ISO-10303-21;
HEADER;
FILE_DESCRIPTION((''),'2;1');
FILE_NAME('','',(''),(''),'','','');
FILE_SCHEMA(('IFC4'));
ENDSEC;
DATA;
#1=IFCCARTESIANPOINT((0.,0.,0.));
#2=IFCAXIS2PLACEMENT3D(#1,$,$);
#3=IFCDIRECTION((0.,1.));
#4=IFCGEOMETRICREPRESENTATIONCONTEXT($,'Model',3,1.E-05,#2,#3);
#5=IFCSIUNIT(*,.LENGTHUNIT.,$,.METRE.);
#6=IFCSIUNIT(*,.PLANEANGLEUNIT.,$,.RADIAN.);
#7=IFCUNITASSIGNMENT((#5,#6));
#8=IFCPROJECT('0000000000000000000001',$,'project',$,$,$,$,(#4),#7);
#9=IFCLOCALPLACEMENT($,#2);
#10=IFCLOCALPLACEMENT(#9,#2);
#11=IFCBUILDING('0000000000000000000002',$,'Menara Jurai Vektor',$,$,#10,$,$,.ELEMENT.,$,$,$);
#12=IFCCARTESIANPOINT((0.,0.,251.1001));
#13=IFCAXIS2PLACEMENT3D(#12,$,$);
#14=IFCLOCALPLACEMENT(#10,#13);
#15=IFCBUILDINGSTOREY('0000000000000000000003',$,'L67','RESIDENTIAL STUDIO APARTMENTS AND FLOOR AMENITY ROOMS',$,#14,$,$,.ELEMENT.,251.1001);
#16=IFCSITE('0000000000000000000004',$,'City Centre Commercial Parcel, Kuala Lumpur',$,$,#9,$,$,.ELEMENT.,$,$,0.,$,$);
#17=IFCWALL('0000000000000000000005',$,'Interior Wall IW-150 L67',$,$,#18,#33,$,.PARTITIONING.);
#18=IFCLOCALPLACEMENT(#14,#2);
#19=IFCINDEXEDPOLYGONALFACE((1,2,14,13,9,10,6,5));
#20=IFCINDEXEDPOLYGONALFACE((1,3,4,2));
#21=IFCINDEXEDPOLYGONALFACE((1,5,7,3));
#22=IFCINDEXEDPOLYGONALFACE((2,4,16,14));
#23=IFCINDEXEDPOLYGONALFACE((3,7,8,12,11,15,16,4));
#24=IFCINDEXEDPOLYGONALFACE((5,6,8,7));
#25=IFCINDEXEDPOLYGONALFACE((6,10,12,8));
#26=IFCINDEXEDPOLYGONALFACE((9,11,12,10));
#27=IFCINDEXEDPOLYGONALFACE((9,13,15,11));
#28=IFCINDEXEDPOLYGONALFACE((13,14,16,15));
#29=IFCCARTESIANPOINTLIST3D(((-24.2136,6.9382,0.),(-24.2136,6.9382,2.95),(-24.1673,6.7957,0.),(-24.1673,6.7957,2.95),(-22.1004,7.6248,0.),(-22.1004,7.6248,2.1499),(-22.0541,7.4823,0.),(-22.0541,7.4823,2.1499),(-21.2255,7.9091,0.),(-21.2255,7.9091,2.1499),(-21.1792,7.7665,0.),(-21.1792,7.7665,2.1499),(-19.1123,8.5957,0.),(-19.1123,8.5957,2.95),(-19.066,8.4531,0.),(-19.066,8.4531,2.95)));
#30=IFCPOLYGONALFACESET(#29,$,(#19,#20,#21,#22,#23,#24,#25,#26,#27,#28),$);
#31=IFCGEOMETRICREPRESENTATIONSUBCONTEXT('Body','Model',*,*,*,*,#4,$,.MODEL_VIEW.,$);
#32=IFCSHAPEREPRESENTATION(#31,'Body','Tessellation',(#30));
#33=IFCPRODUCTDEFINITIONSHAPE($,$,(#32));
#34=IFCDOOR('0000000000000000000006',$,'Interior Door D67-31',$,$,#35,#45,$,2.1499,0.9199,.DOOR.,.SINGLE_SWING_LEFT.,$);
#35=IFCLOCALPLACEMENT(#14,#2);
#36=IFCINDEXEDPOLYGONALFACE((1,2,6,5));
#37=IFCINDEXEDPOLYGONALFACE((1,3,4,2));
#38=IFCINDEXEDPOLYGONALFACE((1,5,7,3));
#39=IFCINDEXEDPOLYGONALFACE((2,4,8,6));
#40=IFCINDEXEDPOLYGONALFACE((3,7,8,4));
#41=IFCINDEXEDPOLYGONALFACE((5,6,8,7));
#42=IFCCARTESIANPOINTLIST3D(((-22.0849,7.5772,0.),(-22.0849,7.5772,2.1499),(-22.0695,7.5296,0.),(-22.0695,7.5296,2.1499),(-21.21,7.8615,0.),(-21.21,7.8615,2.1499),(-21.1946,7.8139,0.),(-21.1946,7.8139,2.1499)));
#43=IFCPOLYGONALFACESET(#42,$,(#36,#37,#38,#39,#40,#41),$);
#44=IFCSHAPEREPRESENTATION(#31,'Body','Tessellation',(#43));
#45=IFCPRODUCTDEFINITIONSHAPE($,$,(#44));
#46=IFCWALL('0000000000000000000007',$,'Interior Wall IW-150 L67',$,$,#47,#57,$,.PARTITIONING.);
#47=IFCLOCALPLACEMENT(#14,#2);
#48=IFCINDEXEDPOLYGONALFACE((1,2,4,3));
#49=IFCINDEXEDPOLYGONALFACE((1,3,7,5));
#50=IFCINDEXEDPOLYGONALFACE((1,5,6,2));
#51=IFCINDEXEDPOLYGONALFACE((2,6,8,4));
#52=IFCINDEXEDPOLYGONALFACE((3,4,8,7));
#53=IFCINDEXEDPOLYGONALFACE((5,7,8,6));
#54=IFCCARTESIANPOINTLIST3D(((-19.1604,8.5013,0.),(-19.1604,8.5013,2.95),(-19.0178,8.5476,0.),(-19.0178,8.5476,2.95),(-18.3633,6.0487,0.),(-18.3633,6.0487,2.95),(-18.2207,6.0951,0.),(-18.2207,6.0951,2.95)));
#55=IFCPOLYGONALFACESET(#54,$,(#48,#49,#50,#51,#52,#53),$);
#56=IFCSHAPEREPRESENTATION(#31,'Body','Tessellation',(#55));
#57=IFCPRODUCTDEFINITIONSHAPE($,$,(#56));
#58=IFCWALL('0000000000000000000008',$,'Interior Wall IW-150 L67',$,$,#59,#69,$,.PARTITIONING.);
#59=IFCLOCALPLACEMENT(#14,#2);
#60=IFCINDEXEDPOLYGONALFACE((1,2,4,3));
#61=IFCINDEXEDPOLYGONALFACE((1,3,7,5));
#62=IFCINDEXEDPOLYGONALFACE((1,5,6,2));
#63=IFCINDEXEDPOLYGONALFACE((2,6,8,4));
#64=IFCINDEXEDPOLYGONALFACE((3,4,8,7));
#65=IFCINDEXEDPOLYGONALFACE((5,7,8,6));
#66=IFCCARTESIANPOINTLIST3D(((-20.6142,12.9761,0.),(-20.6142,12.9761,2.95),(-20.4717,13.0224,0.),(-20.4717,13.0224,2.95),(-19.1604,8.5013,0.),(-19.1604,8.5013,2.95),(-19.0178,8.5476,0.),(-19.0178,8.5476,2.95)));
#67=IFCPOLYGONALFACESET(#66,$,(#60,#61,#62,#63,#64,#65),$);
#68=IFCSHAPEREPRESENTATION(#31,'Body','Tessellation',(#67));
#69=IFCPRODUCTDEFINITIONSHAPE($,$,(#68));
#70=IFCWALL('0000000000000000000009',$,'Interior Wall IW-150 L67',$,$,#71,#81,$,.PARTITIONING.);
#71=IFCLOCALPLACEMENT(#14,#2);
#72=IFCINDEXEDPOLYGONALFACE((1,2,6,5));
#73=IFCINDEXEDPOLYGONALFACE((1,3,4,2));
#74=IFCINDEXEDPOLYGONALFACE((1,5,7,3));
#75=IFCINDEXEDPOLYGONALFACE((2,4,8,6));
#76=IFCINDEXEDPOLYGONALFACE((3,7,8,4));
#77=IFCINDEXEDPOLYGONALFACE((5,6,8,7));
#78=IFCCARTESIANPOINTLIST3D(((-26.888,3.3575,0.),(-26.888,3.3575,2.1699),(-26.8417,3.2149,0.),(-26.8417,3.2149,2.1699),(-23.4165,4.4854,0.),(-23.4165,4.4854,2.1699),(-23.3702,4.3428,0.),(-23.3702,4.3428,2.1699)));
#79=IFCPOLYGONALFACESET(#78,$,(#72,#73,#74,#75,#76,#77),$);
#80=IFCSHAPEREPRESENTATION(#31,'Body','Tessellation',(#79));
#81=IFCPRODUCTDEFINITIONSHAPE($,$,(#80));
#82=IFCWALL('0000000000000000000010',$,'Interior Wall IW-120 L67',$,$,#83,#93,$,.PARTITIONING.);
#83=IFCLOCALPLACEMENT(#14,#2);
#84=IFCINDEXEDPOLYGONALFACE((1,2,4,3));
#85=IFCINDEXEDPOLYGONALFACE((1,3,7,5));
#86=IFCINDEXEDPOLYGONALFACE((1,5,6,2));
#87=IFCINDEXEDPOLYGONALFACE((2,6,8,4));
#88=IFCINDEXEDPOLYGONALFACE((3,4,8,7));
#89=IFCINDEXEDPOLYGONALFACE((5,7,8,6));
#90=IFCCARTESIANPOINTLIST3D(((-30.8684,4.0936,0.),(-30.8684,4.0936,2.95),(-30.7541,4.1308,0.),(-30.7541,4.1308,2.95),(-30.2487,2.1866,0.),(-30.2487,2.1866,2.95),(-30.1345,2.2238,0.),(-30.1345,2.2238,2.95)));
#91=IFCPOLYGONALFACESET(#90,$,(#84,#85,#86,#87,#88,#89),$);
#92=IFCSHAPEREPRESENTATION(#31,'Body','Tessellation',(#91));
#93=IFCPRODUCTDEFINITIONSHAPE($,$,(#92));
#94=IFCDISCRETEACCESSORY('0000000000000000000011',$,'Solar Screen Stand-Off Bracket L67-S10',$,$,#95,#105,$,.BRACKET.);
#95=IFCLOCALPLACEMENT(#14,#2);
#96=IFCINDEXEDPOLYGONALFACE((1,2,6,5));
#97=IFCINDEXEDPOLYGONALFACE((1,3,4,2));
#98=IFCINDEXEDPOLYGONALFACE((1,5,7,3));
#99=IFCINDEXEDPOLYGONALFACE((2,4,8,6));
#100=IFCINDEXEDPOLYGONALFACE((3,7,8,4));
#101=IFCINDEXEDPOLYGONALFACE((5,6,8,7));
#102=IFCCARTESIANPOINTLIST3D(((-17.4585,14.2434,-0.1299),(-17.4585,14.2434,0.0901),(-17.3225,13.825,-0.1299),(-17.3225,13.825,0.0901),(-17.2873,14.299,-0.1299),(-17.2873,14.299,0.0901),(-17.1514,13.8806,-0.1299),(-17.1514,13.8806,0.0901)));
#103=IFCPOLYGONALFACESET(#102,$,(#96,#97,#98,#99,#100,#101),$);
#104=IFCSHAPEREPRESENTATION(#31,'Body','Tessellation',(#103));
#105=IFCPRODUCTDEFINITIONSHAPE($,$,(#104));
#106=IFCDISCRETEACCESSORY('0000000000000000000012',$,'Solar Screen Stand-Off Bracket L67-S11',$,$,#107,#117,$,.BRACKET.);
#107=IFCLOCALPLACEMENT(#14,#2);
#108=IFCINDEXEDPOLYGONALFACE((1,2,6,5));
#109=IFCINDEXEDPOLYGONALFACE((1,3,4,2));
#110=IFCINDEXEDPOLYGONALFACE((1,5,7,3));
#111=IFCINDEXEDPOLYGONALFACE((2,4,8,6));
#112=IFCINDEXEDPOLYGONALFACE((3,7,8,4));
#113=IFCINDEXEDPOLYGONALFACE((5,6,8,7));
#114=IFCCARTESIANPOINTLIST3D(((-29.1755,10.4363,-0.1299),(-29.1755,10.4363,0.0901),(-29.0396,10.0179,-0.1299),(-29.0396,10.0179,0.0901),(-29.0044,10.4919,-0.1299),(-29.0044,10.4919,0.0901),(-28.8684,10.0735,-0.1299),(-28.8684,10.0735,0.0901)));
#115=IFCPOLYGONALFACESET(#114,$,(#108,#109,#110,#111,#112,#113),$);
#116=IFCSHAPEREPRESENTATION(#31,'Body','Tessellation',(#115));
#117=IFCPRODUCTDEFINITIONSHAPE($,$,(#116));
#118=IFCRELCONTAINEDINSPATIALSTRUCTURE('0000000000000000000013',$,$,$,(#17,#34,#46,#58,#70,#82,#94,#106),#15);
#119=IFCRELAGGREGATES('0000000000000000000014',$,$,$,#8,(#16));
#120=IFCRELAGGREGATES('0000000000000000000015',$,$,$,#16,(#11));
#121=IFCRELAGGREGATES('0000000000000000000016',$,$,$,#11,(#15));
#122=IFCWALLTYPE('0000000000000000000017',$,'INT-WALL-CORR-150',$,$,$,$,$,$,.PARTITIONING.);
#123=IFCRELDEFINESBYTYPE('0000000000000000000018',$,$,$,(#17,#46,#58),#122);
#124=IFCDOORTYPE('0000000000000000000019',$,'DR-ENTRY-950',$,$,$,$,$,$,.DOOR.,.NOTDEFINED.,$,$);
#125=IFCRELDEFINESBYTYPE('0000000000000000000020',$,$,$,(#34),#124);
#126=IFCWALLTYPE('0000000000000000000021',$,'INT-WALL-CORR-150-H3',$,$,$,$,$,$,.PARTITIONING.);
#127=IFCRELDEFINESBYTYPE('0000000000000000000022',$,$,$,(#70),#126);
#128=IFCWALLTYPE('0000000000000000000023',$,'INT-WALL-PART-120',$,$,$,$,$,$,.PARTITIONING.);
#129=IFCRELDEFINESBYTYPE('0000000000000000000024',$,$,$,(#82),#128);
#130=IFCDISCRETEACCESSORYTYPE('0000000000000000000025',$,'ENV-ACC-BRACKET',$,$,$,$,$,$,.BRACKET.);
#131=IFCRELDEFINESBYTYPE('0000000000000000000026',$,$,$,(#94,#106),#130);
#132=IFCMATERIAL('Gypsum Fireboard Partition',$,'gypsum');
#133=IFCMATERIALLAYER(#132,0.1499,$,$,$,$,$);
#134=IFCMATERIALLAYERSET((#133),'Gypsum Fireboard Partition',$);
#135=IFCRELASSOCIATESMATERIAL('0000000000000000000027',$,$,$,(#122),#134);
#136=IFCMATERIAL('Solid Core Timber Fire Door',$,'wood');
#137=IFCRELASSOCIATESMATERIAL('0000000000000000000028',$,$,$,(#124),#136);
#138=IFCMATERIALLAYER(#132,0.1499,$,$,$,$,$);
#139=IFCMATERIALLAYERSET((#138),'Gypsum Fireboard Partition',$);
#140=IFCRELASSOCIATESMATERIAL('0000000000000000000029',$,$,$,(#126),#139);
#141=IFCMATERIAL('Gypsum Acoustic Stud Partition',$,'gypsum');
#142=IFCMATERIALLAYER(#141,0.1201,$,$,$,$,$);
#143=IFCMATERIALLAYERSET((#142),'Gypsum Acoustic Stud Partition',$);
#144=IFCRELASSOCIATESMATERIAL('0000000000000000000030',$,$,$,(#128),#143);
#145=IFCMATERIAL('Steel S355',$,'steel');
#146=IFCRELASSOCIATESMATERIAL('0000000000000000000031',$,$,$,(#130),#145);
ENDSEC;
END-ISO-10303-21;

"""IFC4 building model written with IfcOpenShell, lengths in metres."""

from ifc_helpers import new_model, si_unit, direction, frame, frame_2d, origin, origin_2d, place, context, subcontext, project, spatial, rectangle, extrude, material, layer, layer_set, type_object, element, fill, save


model = new_model("IFC4")

# Units and contexts
model_context = context("Model", 3, precision=1e-05, world=origin(), true_north=direction((0.0, 1.0)))
body_context = subcontext(model_context, "Body", "Model", "MODEL_VIEW")
ifc_project = project(units=[si_unit("LENGTHUNIT", "METRE"), si_unit("PLANEANGLEUNIT", "RADIAN")], contexts=[model_context])

# Site, building, storey
site_placement = place(None, origin())
site = spatial("IfcSite", under=ifc_project, at=site_placement, Name="City Centre Commercial Parcel, Kuala Lumpur", CompositionType="ELEMENT", RefElevation=0.0)
building_placement = place(site_placement, origin())
building = spatial("IfcBuilding", under=site, at=building_placement, Name="Menara Jurai Vektor", CompositionType="ELEMENT")
storey_placement = place(building_placement, frame((0.0, 0.0, 251.1001)))
storey = spatial("IfcBuildingStorey", under=building, at=storey_placement, Name="L67", Description="RESIDENTIAL STUDIO APARTMENTS AND FLOOR AMENITY ROOMS", CompositionType="ELEMENT", Elevation=251.1001)

# Shared definitions
ifc_material_1 = material(Name="Steel S355", Category="steel")

# Shared definitions
ifc_material_2 = material(Name="Gypsum Fireboard Partition", Category="gypsum")
ifc_layer_1 = layer(ifc_material_2, 0.1499)
ifc_layer_set_1 = layer_set([ifc_layer_1], Name="Gypsum Fireboard Partition")
wall_type_1 = type_object("IfcWallType", Name="INT-WALL-CORR-150", PredefinedType="PARTITIONING", material=ifc_layer_set_1)
ifc_material_3 = material(Name="Solid Core Timber Fire Door", Category="wood")
door_type = type_object("IfcDoorType", Name="DR-ENTRY-950", OperationType="NOTDEFINED", PredefinedType="DOOR", material=ifc_material_3)

# Wall, opening, door
wall_1_placement = place(storey_placement, frame((-24.1904, 6.8669, 0.0), z_axis=(0.0, 0.0, 1.0), x_axis=(0.951059, 0.309009, 0.0)))
wall_1 = element("IfcWall", 1, at=wall_1_placement, inside=storey, type_object=wall_type_1, Name="Interior Wall IW-150 L67", PredefinedType="PARTITIONING", context=body_context, shape_type="SweptSolid", body=[
    extrude(rectangle(XDim=5.3638, YDim=0.1499, at=frame_2d((2.6819, 0.0))), origin(), (0.0, 0.0, 1.0), 2.95),
])
opening_1_placement = place(wall_1_placement, frame((2.2219, 0.0, 0.0)))
opening_1 = element("IfcOpeningElement", 2, at=opening_1_placement, cuts=wall_1, PredefinedType="OPENING", context=body_context, shape_type="SweptSolid", body=[
    extrude(rectangle(XDim=0.9199, YDim=2.1499, at=frame_2d((0.46, 1.075))), frame((0.0, 0.085, 0.0), z_axis=(0.0, -1.0, 0.0), x_axis=(1.0, 0.0, 0.0)), (0.0, 0.0, 1.0), 0.1699),
])
door_1_placement = place(opening_1_placement, origin())
door_1 = element("IfcDoor", 3, at=door_1_placement, inside=storey, type_object=door_type, Name="Interior Door D67-31", OperationType="SINGLE_SWING_LEFT", OverallHeight=2.1499, OverallWidth=0.9199, PredefinedType="DOOR", context=body_context, shape_type="SweptSolid", body=[
    extrude(rectangle(XDim=0.9199, YDim=2.1499, at=frame_2d((0.46, 1.075))), frame((0.0, 0.0249, 0.0), z_axis=(0.0, -1.0, 0.0), x_axis=(1.0, 0.0, 0.0)), (0.0, 0.0, 1.0), 0.05),
])
fill(opening_1, door_1)

# Walls
wall_2_placement = place(storey_placement, frame((-18.292, 6.0718, 0.0), z_axis=(0.0, 0.0, 1.0), x_axis=(-0.30909, 0.951033, 0.0)))
element("IfcWall", 4, at=wall_2_placement, inside=storey, type_object=wall_type_1, Name="Interior Wall IW-150 L67", PredefinedType="PARTITIONING", context=body_context, shape_type="SweptSolid", body=[
    extrude(rectangle(XDim=2.5789, YDim=0.1499, at=frame_2d((1.2896, 0.0))), origin(), (0.0, 0.0, 1.0), 2.95),
])
wall_3_placement = place(storey_placement, frame((-19.0891, 8.5244, 0.0), z_axis=(0.0, 0.0, 1.0), x_axis=(-0.308996, 0.951063, 0.0)))
element("IfcWall", 5, at=wall_3_placement, inside=storey, type_object=wall_type_1, Name="Interior Wall IW-150 L67", PredefinedType="PARTITIONING", context=body_context, shape_type="SweptSolid", body=[
    extrude(rectangle(XDim=4.7051, YDim=0.1499, at=frame_2d((2.3525, 0.0))), origin(), (0.0, 0.0, 1.0), 2.95),
])
ifc_layer_2 = layer(ifc_material_2, 0.1499)
ifc_layer_set_2 = layer_set([ifc_layer_2], Name="Gypsum Fireboard Partition")
wall_type_2 = type_object("IfcWallType", Name="INT-WALL-CORR-150-H3", PredefinedType="PARTITIONING", material=ifc_layer_set_2)
wall_4_placement = place(storey_placement, frame((-26.865, 3.2861, 0.0), z_axis=(0.0, 0.0, 1.0), x_axis=(0.951057, 0.309015, 0.0)))
element("IfcWall", 6, at=wall_4_placement, inside=storey, type_object=wall_type_2, Name="Interior Wall IW-150 L67", PredefinedType="PARTITIONING", context=body_context, shape_type="SweptSolid", body=[
    extrude(rectangle(XDim=3.6501, YDim=0.1499, at=frame_2d((1.8252, 0.0))), origin(), (0.0, 0.0, 1.0), 2.1699),
])

# Wall
ifc_material_4 = material(Name="Gypsum Acoustic Stud Partition", Category="gypsum")
ifc_layer_3 = layer(ifc_material_4, 0.1201)
ifc_layer_set_3 = layer_set([ifc_layer_3], Name="Gypsum Acoustic Stud Partition")
wall_type_3 = type_object("IfcWallType", Name="INT-WALL-PART-120", PredefinedType="PARTITIONING", material=ifc_layer_set_3)
wall_5_placement = place(storey_placement, frame((-30.1917, 2.2053, 0.0), z_axis=(0.0, 0.0, 1.0), x_axis=(-0.309023, 0.951055, 0.0)))
element("IfcWall", 7, at=wall_5_placement, inside=storey, type_object=wall_type_3, Name="Interior Wall IW-120 L67", PredefinedType="PARTITIONING", context=body_context, shape_type="SweptSolid", body=[
    extrude(rectangle(XDim=2.0051, YDim=0.1201, at=frame_2d((1.0024, 0.0))), origin(), (0.0, 0.0, 1.0), 2.95),
])

# Discrete accessories
discrete_accessory_type = type_object("IfcDiscreteAccessoryType", Name="ENV-ACC-BRACKET", PredefinedType="BRACKET", material=ifc_material_1)
for number, where, z_axis, x_axis, name in (
    (8, (-17.3049, 14.062, -0.1299), (0.0, 0.0, 1.0), (-0.951057, -0.309017, 0.0), "Solar Screen Stand-Off Bracket L67-S10"),
    (9, (-29.022, 10.2549, -0.1299), (0.0, 0.0, 1.0), (-0.951057, -0.309017, 0.0), "Solar Screen Stand-Off Bracket L67-S11"),
):
    element("IfcDiscreteAccessory", number, at=place(storey_placement, frame(where, z_axis=z_axis, x_axis=x_axis)), inside=storey, type_object=discrete_accessory_type, Name=name, PredefinedType="BRACKET", context=body_context, shape_type="SweptSolid", body=[
        extrude(rectangle(XDim=0.1799, YDim=0.4399, at=origin_2d()), origin(), (0.0, 0.0, 1.0), 0.22),
    ])

save(model, "model.ifc")
